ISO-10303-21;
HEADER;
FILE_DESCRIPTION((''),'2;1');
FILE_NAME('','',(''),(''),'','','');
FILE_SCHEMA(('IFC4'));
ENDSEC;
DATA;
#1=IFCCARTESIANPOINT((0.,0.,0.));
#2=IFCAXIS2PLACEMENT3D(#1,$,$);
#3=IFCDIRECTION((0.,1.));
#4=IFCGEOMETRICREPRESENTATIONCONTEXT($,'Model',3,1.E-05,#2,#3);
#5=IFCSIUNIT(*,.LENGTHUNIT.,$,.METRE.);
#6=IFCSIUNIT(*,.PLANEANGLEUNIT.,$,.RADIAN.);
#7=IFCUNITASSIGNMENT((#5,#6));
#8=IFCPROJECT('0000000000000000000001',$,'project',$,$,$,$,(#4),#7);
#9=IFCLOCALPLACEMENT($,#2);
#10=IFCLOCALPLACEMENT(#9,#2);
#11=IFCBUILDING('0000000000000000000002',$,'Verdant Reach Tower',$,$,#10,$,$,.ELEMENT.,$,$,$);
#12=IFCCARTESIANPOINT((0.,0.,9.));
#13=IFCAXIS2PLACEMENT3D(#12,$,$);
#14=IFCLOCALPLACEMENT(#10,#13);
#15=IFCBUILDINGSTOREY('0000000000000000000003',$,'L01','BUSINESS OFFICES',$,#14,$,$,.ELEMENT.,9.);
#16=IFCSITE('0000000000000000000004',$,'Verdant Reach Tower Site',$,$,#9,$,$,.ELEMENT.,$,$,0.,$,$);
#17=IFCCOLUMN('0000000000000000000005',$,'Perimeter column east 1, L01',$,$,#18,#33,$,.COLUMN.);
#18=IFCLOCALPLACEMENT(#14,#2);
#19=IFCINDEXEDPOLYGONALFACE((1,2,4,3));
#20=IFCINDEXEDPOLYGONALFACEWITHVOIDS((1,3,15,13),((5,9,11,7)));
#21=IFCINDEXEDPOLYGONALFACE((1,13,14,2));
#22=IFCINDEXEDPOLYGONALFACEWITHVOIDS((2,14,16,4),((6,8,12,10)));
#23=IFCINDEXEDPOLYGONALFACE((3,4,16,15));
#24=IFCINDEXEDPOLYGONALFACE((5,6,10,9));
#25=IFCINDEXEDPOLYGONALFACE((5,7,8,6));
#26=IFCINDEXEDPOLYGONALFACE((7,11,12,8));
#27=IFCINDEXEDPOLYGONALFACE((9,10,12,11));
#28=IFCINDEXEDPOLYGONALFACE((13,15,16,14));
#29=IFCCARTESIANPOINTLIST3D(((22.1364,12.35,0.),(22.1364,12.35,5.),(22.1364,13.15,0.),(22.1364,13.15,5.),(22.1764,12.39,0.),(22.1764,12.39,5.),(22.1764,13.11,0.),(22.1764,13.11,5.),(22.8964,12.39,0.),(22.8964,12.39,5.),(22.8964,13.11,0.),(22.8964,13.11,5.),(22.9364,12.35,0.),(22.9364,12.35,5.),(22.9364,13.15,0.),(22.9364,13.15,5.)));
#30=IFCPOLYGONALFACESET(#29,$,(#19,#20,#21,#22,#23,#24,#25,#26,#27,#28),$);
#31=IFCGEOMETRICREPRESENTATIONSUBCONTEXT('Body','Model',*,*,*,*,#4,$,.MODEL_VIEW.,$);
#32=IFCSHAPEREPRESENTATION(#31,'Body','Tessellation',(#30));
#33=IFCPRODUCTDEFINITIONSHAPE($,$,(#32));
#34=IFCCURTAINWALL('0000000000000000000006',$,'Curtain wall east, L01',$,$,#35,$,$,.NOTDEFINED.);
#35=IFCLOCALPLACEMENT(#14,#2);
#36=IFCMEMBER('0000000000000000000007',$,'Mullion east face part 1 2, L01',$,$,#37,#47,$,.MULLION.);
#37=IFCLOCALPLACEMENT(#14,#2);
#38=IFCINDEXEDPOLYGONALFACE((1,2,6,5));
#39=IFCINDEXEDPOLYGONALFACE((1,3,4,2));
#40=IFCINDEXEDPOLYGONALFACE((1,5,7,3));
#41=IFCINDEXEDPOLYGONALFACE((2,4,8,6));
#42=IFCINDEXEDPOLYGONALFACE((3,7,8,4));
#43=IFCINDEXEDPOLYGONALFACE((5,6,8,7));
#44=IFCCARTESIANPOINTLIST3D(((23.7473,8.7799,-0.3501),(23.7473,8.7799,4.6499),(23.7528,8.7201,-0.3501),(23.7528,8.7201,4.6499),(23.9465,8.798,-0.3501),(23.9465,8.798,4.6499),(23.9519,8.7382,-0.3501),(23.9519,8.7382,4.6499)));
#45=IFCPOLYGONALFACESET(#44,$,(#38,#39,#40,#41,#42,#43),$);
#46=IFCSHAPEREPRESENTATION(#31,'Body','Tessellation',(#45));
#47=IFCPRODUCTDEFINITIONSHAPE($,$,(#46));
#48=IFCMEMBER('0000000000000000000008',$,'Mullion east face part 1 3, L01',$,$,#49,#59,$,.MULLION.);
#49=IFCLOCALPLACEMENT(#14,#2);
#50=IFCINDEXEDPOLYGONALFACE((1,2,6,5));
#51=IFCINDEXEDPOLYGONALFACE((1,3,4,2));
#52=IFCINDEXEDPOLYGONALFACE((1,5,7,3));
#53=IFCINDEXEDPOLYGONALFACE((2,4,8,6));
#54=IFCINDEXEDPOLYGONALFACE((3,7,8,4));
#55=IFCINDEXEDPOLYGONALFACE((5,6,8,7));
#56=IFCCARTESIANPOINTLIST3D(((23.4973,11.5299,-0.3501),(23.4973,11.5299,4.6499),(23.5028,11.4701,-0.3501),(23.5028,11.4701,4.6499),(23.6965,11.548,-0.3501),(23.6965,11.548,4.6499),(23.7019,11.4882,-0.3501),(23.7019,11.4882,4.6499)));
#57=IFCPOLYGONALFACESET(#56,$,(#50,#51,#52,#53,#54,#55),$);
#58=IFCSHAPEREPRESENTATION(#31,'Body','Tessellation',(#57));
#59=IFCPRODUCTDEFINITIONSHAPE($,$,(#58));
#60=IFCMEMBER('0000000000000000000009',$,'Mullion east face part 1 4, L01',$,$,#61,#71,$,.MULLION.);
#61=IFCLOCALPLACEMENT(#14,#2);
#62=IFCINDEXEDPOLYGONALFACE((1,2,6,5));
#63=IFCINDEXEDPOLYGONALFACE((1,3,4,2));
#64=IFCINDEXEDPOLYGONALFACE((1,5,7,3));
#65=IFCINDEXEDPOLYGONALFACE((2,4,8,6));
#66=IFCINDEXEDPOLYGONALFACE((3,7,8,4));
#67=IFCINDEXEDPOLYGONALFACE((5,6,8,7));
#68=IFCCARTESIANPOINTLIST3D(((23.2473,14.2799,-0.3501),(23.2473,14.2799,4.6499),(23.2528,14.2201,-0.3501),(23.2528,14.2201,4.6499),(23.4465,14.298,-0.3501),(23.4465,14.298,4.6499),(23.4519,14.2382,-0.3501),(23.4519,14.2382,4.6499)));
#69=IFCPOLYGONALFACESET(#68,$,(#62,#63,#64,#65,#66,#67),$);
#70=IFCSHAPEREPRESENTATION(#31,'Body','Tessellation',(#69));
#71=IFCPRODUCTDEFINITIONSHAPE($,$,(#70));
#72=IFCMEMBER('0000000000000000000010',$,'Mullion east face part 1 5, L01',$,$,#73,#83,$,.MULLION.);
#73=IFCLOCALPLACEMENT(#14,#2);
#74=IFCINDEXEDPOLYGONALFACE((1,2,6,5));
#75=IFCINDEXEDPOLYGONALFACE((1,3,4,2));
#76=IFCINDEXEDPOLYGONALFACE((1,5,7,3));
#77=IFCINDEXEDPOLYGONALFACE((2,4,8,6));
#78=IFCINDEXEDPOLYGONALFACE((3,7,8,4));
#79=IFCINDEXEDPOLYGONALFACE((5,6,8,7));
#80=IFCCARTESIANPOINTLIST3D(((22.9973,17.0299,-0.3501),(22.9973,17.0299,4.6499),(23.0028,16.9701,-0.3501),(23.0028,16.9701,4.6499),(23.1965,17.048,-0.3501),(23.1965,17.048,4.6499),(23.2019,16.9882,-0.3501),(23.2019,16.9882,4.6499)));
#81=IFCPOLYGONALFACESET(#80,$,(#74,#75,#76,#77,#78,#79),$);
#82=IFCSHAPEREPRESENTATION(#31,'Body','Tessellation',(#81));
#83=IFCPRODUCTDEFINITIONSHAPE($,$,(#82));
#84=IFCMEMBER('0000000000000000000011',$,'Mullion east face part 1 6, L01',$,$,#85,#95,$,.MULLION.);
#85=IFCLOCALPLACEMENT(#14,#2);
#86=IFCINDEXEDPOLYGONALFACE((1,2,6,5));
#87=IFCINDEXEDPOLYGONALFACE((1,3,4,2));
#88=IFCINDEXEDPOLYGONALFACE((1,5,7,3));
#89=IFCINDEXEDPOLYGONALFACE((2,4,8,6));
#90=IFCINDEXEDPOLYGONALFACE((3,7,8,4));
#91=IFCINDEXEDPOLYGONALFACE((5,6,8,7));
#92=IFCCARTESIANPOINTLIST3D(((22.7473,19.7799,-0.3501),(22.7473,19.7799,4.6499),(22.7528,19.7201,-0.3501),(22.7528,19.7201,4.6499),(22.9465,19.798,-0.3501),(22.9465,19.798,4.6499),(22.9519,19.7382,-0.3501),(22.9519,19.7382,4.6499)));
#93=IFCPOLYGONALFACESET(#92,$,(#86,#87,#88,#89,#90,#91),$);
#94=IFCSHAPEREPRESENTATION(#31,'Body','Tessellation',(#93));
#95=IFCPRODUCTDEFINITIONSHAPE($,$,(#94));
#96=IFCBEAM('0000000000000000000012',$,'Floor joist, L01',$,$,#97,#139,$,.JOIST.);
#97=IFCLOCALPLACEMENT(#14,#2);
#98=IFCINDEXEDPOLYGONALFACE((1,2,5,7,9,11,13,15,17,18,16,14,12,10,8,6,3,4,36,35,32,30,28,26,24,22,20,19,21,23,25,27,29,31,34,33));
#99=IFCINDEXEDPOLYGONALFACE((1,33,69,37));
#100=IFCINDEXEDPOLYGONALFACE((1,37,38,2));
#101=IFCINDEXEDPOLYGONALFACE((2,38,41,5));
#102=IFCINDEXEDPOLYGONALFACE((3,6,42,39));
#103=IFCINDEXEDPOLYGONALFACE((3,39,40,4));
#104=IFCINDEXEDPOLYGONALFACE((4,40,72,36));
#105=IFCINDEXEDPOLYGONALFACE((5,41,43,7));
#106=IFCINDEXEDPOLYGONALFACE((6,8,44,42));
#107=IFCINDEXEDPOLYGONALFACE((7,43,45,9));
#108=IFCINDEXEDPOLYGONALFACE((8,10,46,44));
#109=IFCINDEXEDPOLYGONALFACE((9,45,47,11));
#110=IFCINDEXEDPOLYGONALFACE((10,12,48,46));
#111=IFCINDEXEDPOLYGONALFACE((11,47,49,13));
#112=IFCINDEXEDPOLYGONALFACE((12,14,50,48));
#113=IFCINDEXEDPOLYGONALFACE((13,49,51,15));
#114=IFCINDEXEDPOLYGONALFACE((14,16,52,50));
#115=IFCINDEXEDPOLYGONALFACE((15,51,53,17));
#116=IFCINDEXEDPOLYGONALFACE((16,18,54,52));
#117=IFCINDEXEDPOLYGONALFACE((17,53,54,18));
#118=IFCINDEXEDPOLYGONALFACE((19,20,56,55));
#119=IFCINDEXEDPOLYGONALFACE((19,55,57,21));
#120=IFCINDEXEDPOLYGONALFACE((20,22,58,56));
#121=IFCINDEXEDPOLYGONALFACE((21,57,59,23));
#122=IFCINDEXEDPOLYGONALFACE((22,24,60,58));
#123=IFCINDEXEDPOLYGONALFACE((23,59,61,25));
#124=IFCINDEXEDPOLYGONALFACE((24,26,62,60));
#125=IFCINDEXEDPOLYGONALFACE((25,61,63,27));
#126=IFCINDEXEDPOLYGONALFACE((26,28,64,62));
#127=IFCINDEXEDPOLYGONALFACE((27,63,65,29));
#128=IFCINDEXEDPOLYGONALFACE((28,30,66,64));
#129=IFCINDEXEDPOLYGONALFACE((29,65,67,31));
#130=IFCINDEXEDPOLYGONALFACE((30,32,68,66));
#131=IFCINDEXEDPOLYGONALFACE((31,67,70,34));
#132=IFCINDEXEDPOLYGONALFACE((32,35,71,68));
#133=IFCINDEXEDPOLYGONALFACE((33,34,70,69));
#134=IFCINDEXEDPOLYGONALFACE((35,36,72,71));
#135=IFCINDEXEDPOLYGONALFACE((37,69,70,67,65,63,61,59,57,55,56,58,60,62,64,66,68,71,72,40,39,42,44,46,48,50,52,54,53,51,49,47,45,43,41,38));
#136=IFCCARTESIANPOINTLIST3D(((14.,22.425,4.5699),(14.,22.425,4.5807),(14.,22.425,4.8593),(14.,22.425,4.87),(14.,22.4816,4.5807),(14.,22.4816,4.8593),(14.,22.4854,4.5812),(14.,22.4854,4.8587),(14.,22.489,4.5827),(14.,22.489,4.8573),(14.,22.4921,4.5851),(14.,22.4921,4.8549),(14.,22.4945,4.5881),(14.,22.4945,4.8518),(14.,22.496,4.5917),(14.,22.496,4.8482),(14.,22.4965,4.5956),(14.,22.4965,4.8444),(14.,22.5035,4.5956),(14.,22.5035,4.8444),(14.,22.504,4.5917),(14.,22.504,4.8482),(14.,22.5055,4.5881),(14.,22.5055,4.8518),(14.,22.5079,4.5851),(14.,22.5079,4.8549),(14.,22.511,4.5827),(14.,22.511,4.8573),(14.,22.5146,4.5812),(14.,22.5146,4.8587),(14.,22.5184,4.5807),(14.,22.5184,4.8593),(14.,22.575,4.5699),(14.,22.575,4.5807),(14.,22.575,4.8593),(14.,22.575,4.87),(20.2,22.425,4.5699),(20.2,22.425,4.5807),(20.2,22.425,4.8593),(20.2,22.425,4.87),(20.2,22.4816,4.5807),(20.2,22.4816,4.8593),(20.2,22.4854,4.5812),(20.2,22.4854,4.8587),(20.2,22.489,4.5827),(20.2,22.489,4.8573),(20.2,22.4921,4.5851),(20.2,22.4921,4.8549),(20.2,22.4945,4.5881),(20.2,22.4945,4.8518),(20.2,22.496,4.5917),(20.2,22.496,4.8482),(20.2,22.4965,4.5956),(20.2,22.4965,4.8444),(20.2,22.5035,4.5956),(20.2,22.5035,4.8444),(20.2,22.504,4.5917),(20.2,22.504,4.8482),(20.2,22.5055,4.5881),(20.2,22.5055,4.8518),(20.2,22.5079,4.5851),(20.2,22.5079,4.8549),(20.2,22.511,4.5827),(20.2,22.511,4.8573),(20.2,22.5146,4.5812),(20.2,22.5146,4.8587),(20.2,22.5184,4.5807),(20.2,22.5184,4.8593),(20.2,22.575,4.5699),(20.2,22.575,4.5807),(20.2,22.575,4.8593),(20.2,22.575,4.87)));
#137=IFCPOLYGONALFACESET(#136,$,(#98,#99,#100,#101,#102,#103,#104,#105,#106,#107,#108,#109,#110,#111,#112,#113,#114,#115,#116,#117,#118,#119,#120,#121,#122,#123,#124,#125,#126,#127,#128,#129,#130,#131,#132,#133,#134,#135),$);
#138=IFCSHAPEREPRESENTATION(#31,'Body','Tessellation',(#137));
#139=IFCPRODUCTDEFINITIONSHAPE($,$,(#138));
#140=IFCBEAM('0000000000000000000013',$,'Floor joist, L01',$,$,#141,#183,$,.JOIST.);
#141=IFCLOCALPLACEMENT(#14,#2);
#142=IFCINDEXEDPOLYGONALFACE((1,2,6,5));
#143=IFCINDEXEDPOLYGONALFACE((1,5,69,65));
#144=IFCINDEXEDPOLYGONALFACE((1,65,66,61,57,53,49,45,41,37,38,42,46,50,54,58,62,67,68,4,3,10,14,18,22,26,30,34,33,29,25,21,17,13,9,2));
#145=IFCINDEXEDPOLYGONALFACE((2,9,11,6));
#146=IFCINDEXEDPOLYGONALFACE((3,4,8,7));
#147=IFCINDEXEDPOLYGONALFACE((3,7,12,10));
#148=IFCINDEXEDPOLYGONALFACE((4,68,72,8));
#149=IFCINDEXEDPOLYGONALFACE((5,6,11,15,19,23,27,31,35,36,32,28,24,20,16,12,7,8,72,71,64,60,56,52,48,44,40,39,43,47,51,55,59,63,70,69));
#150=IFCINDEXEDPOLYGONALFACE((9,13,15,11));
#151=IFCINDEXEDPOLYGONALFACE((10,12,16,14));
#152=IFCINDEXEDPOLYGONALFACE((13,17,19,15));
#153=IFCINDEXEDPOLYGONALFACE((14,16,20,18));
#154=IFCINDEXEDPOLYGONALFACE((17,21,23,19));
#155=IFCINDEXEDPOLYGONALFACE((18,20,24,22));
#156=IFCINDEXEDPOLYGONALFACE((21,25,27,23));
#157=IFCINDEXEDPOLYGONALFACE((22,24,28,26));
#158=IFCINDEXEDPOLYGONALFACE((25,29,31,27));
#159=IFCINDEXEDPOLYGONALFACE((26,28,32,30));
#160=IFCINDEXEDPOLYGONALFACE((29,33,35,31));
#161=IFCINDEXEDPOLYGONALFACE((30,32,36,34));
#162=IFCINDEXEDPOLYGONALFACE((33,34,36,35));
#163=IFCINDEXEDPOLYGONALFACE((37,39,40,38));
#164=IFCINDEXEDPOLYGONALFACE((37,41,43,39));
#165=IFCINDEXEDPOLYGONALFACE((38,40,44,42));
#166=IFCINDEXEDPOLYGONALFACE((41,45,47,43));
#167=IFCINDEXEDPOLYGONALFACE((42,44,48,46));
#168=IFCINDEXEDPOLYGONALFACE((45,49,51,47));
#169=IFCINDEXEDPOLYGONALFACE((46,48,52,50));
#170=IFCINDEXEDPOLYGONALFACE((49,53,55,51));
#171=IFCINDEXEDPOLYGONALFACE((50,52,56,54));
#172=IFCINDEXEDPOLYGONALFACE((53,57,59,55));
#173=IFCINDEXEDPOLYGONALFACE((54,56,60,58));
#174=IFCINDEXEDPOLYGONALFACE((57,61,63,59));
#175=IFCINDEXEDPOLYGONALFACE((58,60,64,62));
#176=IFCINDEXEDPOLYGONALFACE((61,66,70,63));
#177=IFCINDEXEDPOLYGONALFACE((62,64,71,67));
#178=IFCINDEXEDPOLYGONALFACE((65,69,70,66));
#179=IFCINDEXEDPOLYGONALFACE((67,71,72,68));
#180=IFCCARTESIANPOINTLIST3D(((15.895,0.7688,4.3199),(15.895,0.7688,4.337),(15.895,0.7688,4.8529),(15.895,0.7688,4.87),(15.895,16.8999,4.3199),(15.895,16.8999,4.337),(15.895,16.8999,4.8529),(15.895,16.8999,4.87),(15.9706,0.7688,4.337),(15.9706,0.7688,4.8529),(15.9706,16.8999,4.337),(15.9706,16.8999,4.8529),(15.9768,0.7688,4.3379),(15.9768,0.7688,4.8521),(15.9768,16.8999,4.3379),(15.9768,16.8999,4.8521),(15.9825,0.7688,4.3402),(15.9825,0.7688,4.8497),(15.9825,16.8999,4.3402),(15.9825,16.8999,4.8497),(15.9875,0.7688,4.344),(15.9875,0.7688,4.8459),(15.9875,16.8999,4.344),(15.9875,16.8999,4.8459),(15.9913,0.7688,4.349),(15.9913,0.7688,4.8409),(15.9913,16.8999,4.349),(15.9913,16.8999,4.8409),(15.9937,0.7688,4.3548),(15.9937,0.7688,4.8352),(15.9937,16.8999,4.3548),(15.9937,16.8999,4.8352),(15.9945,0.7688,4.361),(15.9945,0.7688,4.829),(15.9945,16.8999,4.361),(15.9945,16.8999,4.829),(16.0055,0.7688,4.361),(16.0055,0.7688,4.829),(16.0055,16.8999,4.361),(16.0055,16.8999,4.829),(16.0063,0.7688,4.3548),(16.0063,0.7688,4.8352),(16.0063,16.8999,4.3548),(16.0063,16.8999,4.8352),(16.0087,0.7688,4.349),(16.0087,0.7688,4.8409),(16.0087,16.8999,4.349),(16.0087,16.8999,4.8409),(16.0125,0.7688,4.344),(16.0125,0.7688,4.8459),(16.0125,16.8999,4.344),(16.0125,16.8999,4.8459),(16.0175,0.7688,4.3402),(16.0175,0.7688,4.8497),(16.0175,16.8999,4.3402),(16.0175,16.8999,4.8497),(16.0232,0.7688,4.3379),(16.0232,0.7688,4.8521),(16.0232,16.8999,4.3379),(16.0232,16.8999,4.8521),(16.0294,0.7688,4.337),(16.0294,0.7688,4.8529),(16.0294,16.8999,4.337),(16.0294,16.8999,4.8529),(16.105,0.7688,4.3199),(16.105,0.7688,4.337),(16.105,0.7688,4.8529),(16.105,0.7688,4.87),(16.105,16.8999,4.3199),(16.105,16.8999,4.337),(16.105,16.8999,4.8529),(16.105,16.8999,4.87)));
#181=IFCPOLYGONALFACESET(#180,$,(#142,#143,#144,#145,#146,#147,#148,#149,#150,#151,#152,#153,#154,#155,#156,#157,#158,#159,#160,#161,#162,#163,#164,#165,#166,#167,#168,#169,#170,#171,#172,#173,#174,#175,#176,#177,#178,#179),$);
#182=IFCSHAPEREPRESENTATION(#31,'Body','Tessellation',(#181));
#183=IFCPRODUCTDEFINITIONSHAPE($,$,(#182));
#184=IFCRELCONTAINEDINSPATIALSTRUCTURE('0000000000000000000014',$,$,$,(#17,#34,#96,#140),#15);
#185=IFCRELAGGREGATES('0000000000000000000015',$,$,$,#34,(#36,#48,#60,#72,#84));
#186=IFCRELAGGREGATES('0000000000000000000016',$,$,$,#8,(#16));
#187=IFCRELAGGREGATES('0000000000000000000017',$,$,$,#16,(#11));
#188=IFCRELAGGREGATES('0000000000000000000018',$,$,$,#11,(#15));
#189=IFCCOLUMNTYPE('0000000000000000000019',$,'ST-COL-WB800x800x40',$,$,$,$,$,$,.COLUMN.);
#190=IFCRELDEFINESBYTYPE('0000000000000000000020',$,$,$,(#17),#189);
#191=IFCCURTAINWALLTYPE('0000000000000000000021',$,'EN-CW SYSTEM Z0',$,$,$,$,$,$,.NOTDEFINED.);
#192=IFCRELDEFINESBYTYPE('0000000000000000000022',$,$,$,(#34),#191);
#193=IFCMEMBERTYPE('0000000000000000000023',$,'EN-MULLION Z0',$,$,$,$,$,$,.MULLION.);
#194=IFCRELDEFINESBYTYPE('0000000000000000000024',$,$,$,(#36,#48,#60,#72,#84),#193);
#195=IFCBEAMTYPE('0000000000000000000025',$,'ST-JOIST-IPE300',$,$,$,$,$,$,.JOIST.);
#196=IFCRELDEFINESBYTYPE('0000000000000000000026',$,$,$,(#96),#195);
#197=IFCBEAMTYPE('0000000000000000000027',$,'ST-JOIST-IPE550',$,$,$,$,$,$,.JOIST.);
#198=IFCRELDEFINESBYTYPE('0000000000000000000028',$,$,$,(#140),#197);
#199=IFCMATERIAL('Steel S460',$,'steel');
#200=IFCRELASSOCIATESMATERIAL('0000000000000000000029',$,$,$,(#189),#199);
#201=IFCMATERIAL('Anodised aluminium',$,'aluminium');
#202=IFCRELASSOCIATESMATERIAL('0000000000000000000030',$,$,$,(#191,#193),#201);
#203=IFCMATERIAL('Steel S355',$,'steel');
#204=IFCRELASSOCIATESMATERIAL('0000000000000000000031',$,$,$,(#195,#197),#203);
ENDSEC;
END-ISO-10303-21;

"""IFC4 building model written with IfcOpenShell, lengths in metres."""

from ifc_helpers import new_model, si_unit, direction, frame, origin, origin_2d, place, context, subcontext, project, spatial, rectangle, hollow_rectangle, i_section, extrude, material, material_profile, profile_set, type_object, element, aggregate, save


model = new_model("IFC4")

# Units and contexts
model_context = context("Model", 3, precision=1e-05, world=origin(), true_north=direction((0.0, 1.0)))
body_context = subcontext(model_context, "Body", "Model", "MODEL_VIEW")
ifc_project = project(units=[si_unit("LENGTHUNIT", "METRE"), si_unit("PLANEANGLEUNIT", "RADIAN")], contexts=[model_context])

# Site, building, storey
site_placement = place(None, origin())
site = spatial("IfcSite", under=ifc_project, at=site_placement, Name="Verdant Reach Tower Site", CompositionType="ELEMENT", RefElevation=0.0)
building_placement = place(site_placement, origin())
building = spatial("IfcBuilding", under=site, at=building_placement, Name="Verdant Reach Tower", CompositionType="ELEMENT")
storey_placement = place(building_placement, frame((0.0, 0.0, 9.0)))
storey = spatial("IfcBuildingStorey", under=building, at=storey_placement, Name="L01", Description="BUSINESS OFFICES", CompositionType="ELEMENT", Elevation=9.0)

# Column
ifc_material_1 = material(Name="Steel S460", Category="steel")
ifc_material_profile_1 = material_profile(ifc_material_1, hollow_rectangle(XDim=0.8, YDim=0.8, WallThickness=0.04, at=origin_2d()), Name="WB 800x800x40")
ifc_profile_set_1 = profile_set([ifc_material_profile_1], Name="Steel S460")
column_type = type_object("IfcColumnType", Name="ST-COL-WB800x800x40", PredefinedType="COLUMN", material=ifc_profile_set_1)
column_placement = place(storey_placement, frame((22.5364, 12.75, 0.0), z_axis=(0.0, 0.0, 1.0), x_axis=(1.0, 0.0, 0.0)))
element("IfcColumn", 1, at=column_placement, inside=storey, type_object=column_type, Name="Perimeter column east 1, L01", PredefinedType="COLUMN", context=body_context, shape_type="SweptSolid", body=[
    extrude(hollow_rectangle(XDim=0.8, YDim=0.8, WallThickness=0.04, at=origin_2d()), origin(), (0.0, 0.0, 1.0), 5.0),
])

# Curtain wall, members
ifc_material_2 = material(Name="Anodised aluminium", Category="aluminium")
curtain_wall_type = type_object("IfcCurtainWallType", Name="EN-CW SYSTEM Z0", PredefinedType="NOTDEFINED", material=ifc_material_2)
curtain_wall_placement = place(storey_placement, origin())
curtain_wall = element("IfcCurtainWall", 2, at=curtain_wall_placement, inside=storey, type_object=curtain_wall_type, Name="Curtain wall east, L01", PredefinedType="NOTDEFINED")
ifc_material_profile_2 = material_profile(ifc_material_2, rectangle(XDim=0.2, YDim=0.0601, at=origin_2d()), Name="Mullion 60x200")
ifc_profile_set_2 = profile_set([ifc_material_profile_2], Name="Anodised aluminium")
member_type = type_object("IfcMemberType", Name="EN-MULLION Z0", PredefinedType="MULLION", material=ifc_profile_set_2)
member_1_placement = place(storey_placement, frame((23.8496, 8.759, -0.3501), z_axis=(0.0, 0.0, 1.0), x_axis=(0.995893, 0.090536, 0.0)))
member_1 = element("IfcMember", 3, at=member_1_placement, type_object=member_type, Name="Mullion east face part 1 2, L01", PredefinedType="MULLION", context=body_context, shape_type="SweptSolid", body=[
    extrude(rectangle(XDim=0.2, YDim=0.0601, at=origin_2d()), origin(), (0.0, 0.0, 1.0), 5.0),
])
member_2_placement = place(storey_placement, frame((23.5996, 11.509, -0.3501), z_axis=(0.0, 0.0, 1.0), x_axis=(0.995893, 0.090536, 0.0)))
member_2 = element("IfcMember", 4, at=member_2_placement, type_object=member_type, Name="Mullion east face part 1 3, L01", PredefinedType="MULLION", context=body_context, shape_type="SweptSolid", body=[
    extrude(rectangle(XDim=0.2, YDim=0.0601, at=origin_2d()), origin(), (0.0, 0.0, 1.0), 5.0),
])
member_3_placement = place(storey_placement, frame((23.3496, 14.259, -0.3501), z_axis=(0.0, 0.0, 1.0), x_axis=(0.995893, 0.090536, 0.0)))
member_3 = element("IfcMember", 5, at=member_3_placement, type_object=member_type, Name="Mullion east face part 1 4, L01", PredefinedType="MULLION", context=body_context, shape_type="SweptSolid", body=[
    extrude(rectangle(XDim=0.2, YDim=0.0601, at=origin_2d()), origin(), (0.0, 0.0, 1.0), 5.0),
])
member_4_placement = place(storey_placement, frame((23.0996, 17.009, -0.3501), z_axis=(0.0, 0.0, 1.0), x_axis=(0.995893, 0.090536, 0.0)))
member_4 = element("IfcMember", 6, at=member_4_placement, type_object=member_type, Name="Mullion east face part 1 5, L01", PredefinedType="MULLION", context=body_context, shape_type="SweptSolid", body=[
    extrude(rectangle(XDim=0.2, YDim=0.0601, at=origin_2d()), origin(), (0.0, 0.0, 1.0), 5.0),
])
member_5_placement = place(storey_placement, frame((22.8496, 19.759, -0.3501), z_axis=(0.0, 0.0, 1.0), x_axis=(0.995893, 0.090536, 0.0)))
member_5 = element("IfcMember", 7, at=member_5_placement, type_object=member_type, Name="Mullion east face part 1 6, L01", PredefinedType="MULLION", context=body_context, shape_type="SweptSolid", body=[
    extrude(rectangle(XDim=0.2, YDim=0.0601, at=origin_2d()), origin(), (0.0, 0.0, 1.0), 5.0),
])

# Beams
ifc_material_3 = material(Name="Steel S355", Category="steel")
ifc_material_profile_3 = material_profile(ifc_material_3, i_section(OverallWidth=0.1499, OverallDepth=0.3, WebThickness=0.0071, FlangeThickness=0.0107, FilletRadius=0.0149, at=origin_2d()), Name="IPE 300")
ifc_profile_set_3 = profile_set([ifc_material_profile_3], Name="Steel S355")
beam_type_1 = type_object("IfcBeamType", Name="ST-JOIST-IPE300", PredefinedType="JOIST", material=ifc_profile_set_3)
beam_1_placement = place(storey_placement, frame((14.0, 22.5, 4.72), z_axis=(1.0, 0.0, 0.0), x_axis=(0.0, 1.0, 0.0)))
element("IfcBeam", 8, at=beam_1_placement, inside=storey, type_object=beam_type_1, Name="Floor joist, L01", PredefinedType="JOIST", context=body_context, shape_type="SweptSolid", body=[
    extrude(i_section(OverallWidth=0.1499, OverallDepth=0.3, WebThickness=0.0071, FlangeThickness=0.0107, FilletRadius=0.0149, at=origin_2d()), origin(), (0.0, 0.0, 1.0), 6.2),
])
ifc_material_profile_4 = material_profile(ifc_material_3, i_section(OverallWidth=0.21, OverallDepth=0.55, WebThickness=0.011, FlangeThickness=0.0171, FilletRadius=0.0239, at=origin_2d()), Name="IPE 550")
ifc_profile_set_4 = profile_set([ifc_material_profile_4], Name="Steel S355")
beam_type_2 = type_object("IfcBeamType", Name="ST-JOIST-IPE550", PredefinedType="JOIST", material=ifc_profile_set_4)
beam_2_placement = place(storey_placement, frame((16.0, 16.8999, 4.595), z_axis=(0.0, -1.0, 0.0), x_axis=(1.0, 0.0, 0.0)))
element("IfcBeam", 9, at=beam_2_placement, inside=storey, type_object=beam_type_2, Name="Floor joist, L01", PredefinedType="JOIST", context=body_context, shape_type="SweptSolid", body=[
    extrude(i_section(OverallWidth=0.21, OverallDepth=0.55, WebThickness=0.011, FlangeThickness=0.0171, FilletRadius=0.0239, at=origin_2d()), origin(), (0.0, 0.0, 1.0), 16.1311),
])

aggregate(curtain_wall, [member_1, member_2, member_3, member_4, member_5])

save(model, "model.ifc")
